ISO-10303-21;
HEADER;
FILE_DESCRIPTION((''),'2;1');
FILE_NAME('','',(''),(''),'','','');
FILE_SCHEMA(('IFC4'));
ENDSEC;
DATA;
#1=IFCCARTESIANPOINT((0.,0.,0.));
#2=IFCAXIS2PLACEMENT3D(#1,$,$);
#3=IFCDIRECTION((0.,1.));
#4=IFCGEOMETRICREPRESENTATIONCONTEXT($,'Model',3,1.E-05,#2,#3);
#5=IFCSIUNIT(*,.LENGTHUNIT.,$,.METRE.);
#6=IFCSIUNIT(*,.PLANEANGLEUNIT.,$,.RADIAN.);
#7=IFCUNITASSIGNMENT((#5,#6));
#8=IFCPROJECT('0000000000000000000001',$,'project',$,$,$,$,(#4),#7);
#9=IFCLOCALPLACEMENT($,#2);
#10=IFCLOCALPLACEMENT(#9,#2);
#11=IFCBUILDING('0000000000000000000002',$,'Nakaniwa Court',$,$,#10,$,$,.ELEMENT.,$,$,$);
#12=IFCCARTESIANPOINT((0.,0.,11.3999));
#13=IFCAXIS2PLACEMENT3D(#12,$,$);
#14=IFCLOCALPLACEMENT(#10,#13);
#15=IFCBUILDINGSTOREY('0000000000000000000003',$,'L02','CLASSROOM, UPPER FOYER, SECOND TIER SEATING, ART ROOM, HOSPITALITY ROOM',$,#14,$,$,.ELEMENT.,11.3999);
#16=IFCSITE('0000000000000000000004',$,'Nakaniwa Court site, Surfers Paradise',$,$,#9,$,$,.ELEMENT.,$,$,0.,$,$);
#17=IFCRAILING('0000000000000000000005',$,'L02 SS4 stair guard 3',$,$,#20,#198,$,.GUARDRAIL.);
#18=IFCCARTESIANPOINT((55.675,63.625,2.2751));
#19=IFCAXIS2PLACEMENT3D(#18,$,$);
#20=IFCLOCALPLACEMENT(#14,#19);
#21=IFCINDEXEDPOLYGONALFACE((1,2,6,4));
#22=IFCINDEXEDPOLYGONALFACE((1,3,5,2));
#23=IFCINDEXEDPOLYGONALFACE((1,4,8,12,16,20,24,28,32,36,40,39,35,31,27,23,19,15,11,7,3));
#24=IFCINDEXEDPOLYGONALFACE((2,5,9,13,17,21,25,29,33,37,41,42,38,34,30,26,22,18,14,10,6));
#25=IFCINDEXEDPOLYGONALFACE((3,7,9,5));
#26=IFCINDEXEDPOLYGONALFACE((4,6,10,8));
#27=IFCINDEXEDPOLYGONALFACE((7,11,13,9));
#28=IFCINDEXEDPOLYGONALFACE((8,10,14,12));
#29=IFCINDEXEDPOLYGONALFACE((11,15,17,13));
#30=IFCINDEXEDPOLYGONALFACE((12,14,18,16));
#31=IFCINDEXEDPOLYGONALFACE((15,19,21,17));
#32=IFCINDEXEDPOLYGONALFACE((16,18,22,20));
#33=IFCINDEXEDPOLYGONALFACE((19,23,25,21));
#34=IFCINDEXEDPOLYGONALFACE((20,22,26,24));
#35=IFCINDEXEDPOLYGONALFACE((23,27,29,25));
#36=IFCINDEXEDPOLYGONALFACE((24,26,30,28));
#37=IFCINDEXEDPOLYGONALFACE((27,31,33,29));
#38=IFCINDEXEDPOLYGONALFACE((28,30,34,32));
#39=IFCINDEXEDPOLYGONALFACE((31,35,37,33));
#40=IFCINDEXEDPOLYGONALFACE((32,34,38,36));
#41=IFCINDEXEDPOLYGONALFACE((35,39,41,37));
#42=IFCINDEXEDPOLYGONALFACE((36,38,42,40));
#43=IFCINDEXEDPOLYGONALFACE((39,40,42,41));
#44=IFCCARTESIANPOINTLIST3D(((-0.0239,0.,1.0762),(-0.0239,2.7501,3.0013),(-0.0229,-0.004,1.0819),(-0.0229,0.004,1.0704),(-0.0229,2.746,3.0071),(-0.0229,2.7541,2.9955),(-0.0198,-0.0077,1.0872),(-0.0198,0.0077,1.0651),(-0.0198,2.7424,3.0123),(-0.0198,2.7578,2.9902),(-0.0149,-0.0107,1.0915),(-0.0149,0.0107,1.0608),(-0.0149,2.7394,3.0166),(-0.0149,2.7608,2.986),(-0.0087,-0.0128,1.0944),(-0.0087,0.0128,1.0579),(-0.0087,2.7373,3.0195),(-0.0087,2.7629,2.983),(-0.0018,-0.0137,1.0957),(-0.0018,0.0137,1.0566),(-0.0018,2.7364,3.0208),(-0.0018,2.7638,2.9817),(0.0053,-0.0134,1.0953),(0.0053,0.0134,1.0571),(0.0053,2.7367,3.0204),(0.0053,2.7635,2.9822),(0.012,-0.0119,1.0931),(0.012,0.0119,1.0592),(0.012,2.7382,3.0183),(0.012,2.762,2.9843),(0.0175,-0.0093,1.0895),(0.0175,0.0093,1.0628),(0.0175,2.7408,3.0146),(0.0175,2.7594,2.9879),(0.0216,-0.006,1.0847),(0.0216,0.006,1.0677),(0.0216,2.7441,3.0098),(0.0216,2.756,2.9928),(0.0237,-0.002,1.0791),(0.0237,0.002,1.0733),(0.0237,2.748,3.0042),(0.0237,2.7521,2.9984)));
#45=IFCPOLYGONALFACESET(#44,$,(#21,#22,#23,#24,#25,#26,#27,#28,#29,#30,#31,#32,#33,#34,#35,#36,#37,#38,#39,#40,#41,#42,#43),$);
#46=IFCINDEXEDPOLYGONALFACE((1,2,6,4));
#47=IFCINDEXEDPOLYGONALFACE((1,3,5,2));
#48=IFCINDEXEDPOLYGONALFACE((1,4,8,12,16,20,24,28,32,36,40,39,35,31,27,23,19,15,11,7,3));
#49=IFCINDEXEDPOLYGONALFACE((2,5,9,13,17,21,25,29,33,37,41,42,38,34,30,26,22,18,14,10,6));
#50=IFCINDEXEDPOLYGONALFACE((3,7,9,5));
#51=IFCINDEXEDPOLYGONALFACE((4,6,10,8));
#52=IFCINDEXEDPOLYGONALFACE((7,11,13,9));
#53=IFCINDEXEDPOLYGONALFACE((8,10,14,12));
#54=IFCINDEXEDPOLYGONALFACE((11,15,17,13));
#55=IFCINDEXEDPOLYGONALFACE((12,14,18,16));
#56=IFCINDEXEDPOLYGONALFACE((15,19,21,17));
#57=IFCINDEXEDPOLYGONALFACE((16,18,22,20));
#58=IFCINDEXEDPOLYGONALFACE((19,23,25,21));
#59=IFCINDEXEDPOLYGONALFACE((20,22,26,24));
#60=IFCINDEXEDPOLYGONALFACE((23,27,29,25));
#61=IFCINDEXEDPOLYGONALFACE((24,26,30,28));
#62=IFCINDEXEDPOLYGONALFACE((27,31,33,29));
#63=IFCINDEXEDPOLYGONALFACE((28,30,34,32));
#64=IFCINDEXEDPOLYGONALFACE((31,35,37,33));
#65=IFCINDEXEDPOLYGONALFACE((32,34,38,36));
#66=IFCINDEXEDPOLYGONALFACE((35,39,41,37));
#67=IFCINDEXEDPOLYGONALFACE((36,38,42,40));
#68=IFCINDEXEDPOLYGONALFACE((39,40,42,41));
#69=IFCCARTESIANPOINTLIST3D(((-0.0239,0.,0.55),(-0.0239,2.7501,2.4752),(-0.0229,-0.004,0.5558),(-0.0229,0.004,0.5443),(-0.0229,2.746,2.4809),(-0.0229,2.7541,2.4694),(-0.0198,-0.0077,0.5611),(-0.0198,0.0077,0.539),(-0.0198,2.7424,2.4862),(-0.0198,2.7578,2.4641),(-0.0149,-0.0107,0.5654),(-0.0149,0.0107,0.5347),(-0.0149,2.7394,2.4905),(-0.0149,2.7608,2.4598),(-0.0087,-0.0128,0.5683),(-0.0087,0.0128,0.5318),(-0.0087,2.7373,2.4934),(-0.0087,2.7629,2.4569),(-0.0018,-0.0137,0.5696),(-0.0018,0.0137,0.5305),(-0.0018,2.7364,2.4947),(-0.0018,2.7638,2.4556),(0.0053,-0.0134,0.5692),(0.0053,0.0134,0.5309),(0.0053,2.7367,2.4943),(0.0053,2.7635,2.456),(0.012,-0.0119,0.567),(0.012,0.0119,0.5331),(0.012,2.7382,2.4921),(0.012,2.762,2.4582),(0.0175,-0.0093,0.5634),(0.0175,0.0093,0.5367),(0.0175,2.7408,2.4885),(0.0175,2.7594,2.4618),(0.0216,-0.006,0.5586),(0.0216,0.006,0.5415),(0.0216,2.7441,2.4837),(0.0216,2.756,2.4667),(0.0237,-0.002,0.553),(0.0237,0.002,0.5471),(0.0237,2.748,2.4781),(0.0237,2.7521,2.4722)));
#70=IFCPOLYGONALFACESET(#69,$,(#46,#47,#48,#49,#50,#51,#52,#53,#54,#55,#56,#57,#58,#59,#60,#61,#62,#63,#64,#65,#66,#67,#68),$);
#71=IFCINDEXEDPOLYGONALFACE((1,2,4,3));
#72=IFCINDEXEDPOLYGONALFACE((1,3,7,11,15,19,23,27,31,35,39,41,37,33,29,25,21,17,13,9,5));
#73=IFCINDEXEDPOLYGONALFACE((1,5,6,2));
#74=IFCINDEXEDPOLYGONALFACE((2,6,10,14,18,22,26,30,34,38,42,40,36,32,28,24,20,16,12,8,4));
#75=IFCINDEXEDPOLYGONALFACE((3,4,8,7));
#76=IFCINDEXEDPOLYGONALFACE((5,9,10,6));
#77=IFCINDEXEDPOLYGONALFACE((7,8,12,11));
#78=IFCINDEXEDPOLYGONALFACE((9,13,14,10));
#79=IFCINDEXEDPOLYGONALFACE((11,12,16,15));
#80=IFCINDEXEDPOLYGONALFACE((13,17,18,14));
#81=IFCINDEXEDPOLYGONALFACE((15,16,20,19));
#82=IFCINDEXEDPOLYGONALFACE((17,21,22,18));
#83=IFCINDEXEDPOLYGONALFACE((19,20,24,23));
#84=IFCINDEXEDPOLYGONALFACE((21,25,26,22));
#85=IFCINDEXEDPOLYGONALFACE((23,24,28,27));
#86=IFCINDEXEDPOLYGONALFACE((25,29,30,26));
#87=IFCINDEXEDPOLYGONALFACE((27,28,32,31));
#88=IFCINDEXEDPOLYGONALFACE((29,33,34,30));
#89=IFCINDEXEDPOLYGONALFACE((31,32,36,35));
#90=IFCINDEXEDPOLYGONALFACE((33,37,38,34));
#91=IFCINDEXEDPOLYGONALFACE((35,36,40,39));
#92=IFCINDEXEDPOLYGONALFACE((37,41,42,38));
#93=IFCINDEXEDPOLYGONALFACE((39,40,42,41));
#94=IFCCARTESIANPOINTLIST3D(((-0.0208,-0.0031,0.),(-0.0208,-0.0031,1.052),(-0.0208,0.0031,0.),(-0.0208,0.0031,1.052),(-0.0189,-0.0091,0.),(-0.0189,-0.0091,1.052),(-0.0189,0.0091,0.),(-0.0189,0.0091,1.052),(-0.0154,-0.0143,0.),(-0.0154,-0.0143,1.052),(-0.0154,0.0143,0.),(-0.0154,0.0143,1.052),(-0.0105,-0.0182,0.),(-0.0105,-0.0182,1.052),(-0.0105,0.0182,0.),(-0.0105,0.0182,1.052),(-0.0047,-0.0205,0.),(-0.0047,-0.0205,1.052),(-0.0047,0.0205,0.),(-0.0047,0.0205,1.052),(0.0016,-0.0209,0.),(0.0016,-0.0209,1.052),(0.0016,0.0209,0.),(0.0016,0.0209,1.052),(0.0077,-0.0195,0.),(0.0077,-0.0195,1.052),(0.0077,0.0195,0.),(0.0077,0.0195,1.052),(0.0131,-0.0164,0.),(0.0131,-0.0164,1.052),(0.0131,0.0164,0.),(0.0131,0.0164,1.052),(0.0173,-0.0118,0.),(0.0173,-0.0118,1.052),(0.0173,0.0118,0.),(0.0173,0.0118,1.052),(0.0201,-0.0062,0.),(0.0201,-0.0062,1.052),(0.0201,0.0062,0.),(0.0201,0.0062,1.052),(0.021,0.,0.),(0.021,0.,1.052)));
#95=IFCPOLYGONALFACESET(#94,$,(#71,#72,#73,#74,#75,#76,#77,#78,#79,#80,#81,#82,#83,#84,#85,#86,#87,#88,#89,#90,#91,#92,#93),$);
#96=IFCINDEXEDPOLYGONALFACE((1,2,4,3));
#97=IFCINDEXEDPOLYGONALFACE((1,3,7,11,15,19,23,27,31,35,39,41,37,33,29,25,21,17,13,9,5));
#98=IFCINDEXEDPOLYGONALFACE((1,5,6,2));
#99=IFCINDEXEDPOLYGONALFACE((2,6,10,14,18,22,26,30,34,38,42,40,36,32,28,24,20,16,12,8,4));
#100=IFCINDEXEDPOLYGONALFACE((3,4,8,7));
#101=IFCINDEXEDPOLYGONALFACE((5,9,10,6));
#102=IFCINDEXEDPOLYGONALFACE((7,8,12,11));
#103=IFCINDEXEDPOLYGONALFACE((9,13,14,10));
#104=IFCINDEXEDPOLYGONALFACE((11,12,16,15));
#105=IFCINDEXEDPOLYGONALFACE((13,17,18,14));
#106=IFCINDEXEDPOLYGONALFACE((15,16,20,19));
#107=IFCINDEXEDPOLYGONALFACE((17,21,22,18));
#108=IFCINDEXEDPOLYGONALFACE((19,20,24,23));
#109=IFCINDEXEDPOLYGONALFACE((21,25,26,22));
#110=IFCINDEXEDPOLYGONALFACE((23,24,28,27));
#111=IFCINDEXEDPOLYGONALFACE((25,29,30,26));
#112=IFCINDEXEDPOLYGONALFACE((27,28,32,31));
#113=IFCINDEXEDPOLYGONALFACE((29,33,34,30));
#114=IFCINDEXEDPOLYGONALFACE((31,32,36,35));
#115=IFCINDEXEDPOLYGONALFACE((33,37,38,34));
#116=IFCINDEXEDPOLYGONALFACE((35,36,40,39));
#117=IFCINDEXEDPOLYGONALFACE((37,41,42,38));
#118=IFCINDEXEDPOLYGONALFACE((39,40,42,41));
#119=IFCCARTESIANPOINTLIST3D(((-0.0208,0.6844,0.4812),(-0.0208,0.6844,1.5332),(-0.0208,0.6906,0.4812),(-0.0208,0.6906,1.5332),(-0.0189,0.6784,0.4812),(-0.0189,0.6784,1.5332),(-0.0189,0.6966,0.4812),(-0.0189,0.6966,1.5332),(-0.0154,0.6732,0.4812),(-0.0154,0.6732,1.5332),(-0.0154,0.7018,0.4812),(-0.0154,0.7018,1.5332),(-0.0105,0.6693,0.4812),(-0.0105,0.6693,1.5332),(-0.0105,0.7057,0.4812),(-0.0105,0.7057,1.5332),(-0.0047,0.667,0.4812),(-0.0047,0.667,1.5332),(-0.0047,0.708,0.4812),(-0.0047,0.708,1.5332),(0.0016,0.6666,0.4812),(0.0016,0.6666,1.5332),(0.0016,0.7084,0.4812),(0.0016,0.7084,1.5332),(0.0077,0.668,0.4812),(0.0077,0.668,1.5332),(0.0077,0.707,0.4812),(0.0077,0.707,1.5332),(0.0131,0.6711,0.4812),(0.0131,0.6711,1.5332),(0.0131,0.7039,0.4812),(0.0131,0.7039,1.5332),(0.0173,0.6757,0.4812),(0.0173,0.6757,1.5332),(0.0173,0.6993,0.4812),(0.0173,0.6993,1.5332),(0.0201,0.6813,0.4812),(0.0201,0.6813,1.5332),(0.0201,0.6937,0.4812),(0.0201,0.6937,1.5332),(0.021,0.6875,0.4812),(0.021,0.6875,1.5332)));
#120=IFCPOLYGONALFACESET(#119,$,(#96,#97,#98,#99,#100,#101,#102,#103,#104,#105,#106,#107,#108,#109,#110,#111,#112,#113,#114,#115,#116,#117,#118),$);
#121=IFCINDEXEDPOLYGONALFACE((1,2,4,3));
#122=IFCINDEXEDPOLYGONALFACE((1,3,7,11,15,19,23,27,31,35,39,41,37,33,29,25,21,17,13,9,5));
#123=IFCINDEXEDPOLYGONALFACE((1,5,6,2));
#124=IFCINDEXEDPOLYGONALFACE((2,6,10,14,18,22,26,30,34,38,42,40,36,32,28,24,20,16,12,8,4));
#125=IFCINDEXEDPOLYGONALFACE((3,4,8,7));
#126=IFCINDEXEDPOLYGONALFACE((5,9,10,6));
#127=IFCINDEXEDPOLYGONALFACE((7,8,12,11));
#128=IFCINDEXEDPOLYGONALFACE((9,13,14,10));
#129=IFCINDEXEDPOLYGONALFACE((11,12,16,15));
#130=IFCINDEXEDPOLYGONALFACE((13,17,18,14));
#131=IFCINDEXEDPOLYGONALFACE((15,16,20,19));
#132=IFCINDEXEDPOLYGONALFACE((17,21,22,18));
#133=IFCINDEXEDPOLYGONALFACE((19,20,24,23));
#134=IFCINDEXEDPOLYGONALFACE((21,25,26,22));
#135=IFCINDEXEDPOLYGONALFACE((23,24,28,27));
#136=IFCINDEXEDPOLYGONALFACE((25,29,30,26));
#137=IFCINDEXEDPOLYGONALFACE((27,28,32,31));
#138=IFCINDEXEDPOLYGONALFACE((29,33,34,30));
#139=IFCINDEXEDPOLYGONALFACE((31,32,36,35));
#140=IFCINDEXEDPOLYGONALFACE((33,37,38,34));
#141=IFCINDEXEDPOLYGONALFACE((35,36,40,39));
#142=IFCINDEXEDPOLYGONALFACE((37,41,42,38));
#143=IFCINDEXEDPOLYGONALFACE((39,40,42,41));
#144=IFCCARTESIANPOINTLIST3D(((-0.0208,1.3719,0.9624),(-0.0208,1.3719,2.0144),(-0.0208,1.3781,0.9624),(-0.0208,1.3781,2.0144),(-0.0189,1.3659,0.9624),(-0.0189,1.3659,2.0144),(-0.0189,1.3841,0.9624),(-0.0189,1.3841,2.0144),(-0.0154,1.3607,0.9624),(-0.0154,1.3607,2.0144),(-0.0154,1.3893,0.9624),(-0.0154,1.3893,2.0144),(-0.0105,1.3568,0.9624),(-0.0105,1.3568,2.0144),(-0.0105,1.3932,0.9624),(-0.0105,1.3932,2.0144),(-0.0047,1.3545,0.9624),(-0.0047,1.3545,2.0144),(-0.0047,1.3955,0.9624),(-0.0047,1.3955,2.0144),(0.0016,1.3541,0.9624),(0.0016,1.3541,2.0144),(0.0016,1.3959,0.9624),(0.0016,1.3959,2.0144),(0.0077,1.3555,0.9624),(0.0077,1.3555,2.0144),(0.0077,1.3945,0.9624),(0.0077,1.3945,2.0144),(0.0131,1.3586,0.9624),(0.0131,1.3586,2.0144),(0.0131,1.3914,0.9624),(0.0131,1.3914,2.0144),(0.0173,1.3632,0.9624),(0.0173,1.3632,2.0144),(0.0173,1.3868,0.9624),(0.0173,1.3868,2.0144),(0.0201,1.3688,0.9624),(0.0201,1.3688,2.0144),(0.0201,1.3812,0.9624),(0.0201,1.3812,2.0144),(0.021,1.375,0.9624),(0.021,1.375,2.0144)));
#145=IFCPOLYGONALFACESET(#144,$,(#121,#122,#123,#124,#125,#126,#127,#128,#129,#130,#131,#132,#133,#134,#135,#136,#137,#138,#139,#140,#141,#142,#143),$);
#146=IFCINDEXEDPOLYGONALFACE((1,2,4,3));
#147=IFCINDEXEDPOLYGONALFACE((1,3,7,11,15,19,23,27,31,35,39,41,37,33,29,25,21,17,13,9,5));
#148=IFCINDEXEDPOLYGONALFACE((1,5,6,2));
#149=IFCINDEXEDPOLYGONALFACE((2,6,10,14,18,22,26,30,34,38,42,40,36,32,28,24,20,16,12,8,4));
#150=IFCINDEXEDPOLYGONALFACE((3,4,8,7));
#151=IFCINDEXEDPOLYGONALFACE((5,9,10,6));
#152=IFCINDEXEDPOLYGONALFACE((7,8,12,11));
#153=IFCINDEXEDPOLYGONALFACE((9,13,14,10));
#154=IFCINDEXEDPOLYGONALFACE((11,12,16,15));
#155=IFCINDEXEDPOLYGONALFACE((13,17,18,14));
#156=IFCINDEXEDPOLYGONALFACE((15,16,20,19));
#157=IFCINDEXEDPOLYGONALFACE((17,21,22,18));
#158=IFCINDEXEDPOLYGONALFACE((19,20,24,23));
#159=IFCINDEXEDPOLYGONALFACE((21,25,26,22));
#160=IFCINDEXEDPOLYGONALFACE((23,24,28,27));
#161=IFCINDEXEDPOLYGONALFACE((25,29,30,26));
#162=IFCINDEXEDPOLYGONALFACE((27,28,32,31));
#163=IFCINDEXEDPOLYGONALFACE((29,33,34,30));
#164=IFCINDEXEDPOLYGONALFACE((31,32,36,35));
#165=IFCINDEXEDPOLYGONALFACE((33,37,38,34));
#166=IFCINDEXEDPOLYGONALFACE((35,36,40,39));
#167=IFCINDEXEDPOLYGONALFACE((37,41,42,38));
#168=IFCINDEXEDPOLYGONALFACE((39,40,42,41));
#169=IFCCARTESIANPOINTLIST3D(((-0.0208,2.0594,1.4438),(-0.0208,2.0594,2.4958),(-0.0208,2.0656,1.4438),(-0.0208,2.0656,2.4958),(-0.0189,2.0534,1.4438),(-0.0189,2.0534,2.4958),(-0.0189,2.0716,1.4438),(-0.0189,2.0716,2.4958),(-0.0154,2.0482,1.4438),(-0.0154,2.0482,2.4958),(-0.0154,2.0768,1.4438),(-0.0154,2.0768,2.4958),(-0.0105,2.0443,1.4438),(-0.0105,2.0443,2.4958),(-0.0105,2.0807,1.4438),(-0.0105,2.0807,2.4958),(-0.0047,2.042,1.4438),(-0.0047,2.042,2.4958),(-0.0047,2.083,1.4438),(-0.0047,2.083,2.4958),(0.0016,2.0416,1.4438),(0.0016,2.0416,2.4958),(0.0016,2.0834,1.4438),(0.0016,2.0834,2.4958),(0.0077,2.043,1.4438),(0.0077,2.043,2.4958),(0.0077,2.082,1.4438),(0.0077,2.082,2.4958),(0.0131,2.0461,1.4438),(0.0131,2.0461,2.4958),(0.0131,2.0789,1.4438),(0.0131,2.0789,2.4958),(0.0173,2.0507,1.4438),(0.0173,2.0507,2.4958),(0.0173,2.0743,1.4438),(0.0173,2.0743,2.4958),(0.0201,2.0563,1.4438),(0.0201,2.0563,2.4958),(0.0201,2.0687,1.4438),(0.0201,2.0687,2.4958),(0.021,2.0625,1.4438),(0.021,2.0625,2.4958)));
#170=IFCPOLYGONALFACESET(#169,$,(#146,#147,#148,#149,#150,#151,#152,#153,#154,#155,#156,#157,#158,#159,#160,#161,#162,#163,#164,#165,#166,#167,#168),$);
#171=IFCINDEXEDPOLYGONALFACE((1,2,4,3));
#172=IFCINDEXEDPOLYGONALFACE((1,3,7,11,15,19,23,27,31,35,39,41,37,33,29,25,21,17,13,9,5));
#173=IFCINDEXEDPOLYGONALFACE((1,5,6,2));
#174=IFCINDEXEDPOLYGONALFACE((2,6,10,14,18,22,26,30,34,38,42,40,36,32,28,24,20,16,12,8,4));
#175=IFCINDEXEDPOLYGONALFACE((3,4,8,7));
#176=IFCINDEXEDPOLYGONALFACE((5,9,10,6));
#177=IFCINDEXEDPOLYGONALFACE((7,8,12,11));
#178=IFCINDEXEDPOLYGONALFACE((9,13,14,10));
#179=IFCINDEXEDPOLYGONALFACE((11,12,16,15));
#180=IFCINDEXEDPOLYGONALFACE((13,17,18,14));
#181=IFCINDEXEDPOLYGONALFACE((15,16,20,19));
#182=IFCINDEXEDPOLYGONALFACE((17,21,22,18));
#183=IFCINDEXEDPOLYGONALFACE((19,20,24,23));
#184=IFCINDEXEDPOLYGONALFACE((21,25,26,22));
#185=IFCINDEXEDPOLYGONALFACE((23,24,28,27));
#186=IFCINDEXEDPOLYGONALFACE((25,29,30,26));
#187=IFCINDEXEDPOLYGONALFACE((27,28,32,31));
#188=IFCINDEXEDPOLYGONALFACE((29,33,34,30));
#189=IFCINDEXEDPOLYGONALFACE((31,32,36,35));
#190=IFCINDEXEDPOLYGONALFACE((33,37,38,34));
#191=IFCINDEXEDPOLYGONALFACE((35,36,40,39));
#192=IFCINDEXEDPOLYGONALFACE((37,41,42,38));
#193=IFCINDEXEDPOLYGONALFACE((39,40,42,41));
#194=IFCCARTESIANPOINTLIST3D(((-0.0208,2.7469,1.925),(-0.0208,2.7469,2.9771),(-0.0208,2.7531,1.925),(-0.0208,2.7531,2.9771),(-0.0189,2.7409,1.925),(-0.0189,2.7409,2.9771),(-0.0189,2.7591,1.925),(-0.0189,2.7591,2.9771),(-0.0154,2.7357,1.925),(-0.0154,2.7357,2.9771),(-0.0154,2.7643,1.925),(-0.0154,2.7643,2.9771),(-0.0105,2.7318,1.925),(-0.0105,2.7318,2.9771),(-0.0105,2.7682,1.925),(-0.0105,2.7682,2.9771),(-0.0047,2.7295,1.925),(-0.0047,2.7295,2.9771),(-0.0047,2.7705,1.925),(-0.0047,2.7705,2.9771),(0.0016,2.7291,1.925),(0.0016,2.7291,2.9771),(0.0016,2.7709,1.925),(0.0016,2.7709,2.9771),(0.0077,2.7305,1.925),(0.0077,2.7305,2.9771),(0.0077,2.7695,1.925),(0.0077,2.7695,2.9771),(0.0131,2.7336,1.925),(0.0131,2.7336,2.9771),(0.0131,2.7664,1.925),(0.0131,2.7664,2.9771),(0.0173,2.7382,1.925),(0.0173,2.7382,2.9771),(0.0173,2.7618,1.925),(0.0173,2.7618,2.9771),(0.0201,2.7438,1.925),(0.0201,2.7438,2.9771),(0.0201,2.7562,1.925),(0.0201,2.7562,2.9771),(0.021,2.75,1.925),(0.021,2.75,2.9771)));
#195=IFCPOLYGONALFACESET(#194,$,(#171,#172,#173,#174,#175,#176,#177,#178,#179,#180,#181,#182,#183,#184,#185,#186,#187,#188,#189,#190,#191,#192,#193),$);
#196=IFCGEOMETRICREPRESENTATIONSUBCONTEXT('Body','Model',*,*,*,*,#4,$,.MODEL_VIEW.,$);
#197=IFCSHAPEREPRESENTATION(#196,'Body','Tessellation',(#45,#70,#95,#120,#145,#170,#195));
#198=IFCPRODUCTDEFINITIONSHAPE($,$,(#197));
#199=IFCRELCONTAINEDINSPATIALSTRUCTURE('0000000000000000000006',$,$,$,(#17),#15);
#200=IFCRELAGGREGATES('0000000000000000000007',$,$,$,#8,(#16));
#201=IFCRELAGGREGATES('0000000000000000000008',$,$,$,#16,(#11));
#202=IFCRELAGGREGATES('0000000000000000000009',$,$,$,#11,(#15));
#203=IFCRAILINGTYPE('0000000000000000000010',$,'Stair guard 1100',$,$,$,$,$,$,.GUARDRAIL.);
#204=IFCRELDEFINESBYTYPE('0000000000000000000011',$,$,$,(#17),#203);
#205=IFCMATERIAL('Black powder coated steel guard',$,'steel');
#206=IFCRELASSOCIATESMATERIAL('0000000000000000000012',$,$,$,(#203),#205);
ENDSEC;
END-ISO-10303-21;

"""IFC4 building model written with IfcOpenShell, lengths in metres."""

from ifc_helpers import new_model, si_unit, direction, frame, origin, origin_2d, place, context, subcontext, project, spatial, circle, extrude, material, type_object, element, save


model = new_model("IFC4")

# Units and contexts
model_context = context("Model", 3, precision=1e-05, world=origin(), true_north=direction((0.0, 1.0)))
body_context = subcontext(model_context, "Body", "Model", "MODEL_VIEW")
ifc_project = project(units=[si_unit("LENGTHUNIT", "METRE"), si_unit("PLANEANGLEUNIT", "RADIAN")], contexts=[model_context])

# Site, building, storey
site_placement = place(None, origin())
site = spatial("IfcSite", under=ifc_project, at=site_placement, Name="Nakaniwa Court site, Surfers Paradise", CompositionType="ELEMENT", RefElevation=0.0)
building_placement = place(site_placement, origin())
building = spatial("IfcBuilding", under=site, at=building_placement, Name="Nakaniwa Court", CompositionType="ELEMENT")
storey_placement = place(building_placement, frame((0.0, 0.0, 11.3999)))
storey = spatial("IfcBuildingStorey", under=building, at=storey_placement, Name="L02", Description="CLASSROOM, UPPER FOYER, SECOND TIER SEATING, ART ROOM, HOSPITALITY ROOM", CompositionType="ELEMENT", Elevation=11.3999)

# Railing
ifc_material_1 = material(Name="Black powder coated steel guard", Category="steel")
railing_type_1 = type_object("IfcRailingType", Name="Stair guard 1100", PredefinedType="GUARDRAIL", material=ifc_material_1)
railing_1_placement = place(storey_placement, frame((55.675, 63.625, 2.2751)))
element("IfcRailing", 1, at=railing_1_placement, inside=storey, type_object=railing_type_1, Name="L02 SS4 stair guard 3", PredefinedType="GUARDRAIL", context=body_context, shape_type="SweptSolid", body=[
    extrude(circle(Radius=0.0239, at=origin_2d()), frame((0.0, 0.0, 1.0762), z_axis=(0.0, 0.819225, 0.573472), x_axis=(-1.0, 0.0, 0.0)), (0.0, 0.0, 1.0), 3.3569),
    extrude(circle(Radius=0.0239, at=origin_2d()), frame((0.0, 0.0, 0.55), z_axis=(0.0, 0.819225, 0.573472), x_axis=(-1.0, 0.0, 0.0)), (0.0, 0.0, 1.0), 3.3569),
    extrude(circle(Radius=0.021, at=origin_2d()), origin(), (0.0, 0.0, 1.0), 1.052),
    extrude(circle(Radius=0.021, at=origin_2d()), frame((0.0, 0.6875, 0.4812)), (0.0, 0.0, 1.0), 1.052),
    extrude(circle(Radius=0.021, at=origin_2d()), frame((0.0, 1.375, 0.9624)), (0.0, 0.0, 1.0), 1.052),
    extrude(circle(Radius=0.021, at=origin_2d()), frame((0.0, 2.0625, 1.4438)), (0.0, 0.0, 1.0), 1.052),
    extrude(circle(Radius=0.021, at=origin_2d()), frame((0.0, 2.75, 1.925)), (0.0, 0.0, 1.0), 1.052),
])

save(model, "model.ifc")
